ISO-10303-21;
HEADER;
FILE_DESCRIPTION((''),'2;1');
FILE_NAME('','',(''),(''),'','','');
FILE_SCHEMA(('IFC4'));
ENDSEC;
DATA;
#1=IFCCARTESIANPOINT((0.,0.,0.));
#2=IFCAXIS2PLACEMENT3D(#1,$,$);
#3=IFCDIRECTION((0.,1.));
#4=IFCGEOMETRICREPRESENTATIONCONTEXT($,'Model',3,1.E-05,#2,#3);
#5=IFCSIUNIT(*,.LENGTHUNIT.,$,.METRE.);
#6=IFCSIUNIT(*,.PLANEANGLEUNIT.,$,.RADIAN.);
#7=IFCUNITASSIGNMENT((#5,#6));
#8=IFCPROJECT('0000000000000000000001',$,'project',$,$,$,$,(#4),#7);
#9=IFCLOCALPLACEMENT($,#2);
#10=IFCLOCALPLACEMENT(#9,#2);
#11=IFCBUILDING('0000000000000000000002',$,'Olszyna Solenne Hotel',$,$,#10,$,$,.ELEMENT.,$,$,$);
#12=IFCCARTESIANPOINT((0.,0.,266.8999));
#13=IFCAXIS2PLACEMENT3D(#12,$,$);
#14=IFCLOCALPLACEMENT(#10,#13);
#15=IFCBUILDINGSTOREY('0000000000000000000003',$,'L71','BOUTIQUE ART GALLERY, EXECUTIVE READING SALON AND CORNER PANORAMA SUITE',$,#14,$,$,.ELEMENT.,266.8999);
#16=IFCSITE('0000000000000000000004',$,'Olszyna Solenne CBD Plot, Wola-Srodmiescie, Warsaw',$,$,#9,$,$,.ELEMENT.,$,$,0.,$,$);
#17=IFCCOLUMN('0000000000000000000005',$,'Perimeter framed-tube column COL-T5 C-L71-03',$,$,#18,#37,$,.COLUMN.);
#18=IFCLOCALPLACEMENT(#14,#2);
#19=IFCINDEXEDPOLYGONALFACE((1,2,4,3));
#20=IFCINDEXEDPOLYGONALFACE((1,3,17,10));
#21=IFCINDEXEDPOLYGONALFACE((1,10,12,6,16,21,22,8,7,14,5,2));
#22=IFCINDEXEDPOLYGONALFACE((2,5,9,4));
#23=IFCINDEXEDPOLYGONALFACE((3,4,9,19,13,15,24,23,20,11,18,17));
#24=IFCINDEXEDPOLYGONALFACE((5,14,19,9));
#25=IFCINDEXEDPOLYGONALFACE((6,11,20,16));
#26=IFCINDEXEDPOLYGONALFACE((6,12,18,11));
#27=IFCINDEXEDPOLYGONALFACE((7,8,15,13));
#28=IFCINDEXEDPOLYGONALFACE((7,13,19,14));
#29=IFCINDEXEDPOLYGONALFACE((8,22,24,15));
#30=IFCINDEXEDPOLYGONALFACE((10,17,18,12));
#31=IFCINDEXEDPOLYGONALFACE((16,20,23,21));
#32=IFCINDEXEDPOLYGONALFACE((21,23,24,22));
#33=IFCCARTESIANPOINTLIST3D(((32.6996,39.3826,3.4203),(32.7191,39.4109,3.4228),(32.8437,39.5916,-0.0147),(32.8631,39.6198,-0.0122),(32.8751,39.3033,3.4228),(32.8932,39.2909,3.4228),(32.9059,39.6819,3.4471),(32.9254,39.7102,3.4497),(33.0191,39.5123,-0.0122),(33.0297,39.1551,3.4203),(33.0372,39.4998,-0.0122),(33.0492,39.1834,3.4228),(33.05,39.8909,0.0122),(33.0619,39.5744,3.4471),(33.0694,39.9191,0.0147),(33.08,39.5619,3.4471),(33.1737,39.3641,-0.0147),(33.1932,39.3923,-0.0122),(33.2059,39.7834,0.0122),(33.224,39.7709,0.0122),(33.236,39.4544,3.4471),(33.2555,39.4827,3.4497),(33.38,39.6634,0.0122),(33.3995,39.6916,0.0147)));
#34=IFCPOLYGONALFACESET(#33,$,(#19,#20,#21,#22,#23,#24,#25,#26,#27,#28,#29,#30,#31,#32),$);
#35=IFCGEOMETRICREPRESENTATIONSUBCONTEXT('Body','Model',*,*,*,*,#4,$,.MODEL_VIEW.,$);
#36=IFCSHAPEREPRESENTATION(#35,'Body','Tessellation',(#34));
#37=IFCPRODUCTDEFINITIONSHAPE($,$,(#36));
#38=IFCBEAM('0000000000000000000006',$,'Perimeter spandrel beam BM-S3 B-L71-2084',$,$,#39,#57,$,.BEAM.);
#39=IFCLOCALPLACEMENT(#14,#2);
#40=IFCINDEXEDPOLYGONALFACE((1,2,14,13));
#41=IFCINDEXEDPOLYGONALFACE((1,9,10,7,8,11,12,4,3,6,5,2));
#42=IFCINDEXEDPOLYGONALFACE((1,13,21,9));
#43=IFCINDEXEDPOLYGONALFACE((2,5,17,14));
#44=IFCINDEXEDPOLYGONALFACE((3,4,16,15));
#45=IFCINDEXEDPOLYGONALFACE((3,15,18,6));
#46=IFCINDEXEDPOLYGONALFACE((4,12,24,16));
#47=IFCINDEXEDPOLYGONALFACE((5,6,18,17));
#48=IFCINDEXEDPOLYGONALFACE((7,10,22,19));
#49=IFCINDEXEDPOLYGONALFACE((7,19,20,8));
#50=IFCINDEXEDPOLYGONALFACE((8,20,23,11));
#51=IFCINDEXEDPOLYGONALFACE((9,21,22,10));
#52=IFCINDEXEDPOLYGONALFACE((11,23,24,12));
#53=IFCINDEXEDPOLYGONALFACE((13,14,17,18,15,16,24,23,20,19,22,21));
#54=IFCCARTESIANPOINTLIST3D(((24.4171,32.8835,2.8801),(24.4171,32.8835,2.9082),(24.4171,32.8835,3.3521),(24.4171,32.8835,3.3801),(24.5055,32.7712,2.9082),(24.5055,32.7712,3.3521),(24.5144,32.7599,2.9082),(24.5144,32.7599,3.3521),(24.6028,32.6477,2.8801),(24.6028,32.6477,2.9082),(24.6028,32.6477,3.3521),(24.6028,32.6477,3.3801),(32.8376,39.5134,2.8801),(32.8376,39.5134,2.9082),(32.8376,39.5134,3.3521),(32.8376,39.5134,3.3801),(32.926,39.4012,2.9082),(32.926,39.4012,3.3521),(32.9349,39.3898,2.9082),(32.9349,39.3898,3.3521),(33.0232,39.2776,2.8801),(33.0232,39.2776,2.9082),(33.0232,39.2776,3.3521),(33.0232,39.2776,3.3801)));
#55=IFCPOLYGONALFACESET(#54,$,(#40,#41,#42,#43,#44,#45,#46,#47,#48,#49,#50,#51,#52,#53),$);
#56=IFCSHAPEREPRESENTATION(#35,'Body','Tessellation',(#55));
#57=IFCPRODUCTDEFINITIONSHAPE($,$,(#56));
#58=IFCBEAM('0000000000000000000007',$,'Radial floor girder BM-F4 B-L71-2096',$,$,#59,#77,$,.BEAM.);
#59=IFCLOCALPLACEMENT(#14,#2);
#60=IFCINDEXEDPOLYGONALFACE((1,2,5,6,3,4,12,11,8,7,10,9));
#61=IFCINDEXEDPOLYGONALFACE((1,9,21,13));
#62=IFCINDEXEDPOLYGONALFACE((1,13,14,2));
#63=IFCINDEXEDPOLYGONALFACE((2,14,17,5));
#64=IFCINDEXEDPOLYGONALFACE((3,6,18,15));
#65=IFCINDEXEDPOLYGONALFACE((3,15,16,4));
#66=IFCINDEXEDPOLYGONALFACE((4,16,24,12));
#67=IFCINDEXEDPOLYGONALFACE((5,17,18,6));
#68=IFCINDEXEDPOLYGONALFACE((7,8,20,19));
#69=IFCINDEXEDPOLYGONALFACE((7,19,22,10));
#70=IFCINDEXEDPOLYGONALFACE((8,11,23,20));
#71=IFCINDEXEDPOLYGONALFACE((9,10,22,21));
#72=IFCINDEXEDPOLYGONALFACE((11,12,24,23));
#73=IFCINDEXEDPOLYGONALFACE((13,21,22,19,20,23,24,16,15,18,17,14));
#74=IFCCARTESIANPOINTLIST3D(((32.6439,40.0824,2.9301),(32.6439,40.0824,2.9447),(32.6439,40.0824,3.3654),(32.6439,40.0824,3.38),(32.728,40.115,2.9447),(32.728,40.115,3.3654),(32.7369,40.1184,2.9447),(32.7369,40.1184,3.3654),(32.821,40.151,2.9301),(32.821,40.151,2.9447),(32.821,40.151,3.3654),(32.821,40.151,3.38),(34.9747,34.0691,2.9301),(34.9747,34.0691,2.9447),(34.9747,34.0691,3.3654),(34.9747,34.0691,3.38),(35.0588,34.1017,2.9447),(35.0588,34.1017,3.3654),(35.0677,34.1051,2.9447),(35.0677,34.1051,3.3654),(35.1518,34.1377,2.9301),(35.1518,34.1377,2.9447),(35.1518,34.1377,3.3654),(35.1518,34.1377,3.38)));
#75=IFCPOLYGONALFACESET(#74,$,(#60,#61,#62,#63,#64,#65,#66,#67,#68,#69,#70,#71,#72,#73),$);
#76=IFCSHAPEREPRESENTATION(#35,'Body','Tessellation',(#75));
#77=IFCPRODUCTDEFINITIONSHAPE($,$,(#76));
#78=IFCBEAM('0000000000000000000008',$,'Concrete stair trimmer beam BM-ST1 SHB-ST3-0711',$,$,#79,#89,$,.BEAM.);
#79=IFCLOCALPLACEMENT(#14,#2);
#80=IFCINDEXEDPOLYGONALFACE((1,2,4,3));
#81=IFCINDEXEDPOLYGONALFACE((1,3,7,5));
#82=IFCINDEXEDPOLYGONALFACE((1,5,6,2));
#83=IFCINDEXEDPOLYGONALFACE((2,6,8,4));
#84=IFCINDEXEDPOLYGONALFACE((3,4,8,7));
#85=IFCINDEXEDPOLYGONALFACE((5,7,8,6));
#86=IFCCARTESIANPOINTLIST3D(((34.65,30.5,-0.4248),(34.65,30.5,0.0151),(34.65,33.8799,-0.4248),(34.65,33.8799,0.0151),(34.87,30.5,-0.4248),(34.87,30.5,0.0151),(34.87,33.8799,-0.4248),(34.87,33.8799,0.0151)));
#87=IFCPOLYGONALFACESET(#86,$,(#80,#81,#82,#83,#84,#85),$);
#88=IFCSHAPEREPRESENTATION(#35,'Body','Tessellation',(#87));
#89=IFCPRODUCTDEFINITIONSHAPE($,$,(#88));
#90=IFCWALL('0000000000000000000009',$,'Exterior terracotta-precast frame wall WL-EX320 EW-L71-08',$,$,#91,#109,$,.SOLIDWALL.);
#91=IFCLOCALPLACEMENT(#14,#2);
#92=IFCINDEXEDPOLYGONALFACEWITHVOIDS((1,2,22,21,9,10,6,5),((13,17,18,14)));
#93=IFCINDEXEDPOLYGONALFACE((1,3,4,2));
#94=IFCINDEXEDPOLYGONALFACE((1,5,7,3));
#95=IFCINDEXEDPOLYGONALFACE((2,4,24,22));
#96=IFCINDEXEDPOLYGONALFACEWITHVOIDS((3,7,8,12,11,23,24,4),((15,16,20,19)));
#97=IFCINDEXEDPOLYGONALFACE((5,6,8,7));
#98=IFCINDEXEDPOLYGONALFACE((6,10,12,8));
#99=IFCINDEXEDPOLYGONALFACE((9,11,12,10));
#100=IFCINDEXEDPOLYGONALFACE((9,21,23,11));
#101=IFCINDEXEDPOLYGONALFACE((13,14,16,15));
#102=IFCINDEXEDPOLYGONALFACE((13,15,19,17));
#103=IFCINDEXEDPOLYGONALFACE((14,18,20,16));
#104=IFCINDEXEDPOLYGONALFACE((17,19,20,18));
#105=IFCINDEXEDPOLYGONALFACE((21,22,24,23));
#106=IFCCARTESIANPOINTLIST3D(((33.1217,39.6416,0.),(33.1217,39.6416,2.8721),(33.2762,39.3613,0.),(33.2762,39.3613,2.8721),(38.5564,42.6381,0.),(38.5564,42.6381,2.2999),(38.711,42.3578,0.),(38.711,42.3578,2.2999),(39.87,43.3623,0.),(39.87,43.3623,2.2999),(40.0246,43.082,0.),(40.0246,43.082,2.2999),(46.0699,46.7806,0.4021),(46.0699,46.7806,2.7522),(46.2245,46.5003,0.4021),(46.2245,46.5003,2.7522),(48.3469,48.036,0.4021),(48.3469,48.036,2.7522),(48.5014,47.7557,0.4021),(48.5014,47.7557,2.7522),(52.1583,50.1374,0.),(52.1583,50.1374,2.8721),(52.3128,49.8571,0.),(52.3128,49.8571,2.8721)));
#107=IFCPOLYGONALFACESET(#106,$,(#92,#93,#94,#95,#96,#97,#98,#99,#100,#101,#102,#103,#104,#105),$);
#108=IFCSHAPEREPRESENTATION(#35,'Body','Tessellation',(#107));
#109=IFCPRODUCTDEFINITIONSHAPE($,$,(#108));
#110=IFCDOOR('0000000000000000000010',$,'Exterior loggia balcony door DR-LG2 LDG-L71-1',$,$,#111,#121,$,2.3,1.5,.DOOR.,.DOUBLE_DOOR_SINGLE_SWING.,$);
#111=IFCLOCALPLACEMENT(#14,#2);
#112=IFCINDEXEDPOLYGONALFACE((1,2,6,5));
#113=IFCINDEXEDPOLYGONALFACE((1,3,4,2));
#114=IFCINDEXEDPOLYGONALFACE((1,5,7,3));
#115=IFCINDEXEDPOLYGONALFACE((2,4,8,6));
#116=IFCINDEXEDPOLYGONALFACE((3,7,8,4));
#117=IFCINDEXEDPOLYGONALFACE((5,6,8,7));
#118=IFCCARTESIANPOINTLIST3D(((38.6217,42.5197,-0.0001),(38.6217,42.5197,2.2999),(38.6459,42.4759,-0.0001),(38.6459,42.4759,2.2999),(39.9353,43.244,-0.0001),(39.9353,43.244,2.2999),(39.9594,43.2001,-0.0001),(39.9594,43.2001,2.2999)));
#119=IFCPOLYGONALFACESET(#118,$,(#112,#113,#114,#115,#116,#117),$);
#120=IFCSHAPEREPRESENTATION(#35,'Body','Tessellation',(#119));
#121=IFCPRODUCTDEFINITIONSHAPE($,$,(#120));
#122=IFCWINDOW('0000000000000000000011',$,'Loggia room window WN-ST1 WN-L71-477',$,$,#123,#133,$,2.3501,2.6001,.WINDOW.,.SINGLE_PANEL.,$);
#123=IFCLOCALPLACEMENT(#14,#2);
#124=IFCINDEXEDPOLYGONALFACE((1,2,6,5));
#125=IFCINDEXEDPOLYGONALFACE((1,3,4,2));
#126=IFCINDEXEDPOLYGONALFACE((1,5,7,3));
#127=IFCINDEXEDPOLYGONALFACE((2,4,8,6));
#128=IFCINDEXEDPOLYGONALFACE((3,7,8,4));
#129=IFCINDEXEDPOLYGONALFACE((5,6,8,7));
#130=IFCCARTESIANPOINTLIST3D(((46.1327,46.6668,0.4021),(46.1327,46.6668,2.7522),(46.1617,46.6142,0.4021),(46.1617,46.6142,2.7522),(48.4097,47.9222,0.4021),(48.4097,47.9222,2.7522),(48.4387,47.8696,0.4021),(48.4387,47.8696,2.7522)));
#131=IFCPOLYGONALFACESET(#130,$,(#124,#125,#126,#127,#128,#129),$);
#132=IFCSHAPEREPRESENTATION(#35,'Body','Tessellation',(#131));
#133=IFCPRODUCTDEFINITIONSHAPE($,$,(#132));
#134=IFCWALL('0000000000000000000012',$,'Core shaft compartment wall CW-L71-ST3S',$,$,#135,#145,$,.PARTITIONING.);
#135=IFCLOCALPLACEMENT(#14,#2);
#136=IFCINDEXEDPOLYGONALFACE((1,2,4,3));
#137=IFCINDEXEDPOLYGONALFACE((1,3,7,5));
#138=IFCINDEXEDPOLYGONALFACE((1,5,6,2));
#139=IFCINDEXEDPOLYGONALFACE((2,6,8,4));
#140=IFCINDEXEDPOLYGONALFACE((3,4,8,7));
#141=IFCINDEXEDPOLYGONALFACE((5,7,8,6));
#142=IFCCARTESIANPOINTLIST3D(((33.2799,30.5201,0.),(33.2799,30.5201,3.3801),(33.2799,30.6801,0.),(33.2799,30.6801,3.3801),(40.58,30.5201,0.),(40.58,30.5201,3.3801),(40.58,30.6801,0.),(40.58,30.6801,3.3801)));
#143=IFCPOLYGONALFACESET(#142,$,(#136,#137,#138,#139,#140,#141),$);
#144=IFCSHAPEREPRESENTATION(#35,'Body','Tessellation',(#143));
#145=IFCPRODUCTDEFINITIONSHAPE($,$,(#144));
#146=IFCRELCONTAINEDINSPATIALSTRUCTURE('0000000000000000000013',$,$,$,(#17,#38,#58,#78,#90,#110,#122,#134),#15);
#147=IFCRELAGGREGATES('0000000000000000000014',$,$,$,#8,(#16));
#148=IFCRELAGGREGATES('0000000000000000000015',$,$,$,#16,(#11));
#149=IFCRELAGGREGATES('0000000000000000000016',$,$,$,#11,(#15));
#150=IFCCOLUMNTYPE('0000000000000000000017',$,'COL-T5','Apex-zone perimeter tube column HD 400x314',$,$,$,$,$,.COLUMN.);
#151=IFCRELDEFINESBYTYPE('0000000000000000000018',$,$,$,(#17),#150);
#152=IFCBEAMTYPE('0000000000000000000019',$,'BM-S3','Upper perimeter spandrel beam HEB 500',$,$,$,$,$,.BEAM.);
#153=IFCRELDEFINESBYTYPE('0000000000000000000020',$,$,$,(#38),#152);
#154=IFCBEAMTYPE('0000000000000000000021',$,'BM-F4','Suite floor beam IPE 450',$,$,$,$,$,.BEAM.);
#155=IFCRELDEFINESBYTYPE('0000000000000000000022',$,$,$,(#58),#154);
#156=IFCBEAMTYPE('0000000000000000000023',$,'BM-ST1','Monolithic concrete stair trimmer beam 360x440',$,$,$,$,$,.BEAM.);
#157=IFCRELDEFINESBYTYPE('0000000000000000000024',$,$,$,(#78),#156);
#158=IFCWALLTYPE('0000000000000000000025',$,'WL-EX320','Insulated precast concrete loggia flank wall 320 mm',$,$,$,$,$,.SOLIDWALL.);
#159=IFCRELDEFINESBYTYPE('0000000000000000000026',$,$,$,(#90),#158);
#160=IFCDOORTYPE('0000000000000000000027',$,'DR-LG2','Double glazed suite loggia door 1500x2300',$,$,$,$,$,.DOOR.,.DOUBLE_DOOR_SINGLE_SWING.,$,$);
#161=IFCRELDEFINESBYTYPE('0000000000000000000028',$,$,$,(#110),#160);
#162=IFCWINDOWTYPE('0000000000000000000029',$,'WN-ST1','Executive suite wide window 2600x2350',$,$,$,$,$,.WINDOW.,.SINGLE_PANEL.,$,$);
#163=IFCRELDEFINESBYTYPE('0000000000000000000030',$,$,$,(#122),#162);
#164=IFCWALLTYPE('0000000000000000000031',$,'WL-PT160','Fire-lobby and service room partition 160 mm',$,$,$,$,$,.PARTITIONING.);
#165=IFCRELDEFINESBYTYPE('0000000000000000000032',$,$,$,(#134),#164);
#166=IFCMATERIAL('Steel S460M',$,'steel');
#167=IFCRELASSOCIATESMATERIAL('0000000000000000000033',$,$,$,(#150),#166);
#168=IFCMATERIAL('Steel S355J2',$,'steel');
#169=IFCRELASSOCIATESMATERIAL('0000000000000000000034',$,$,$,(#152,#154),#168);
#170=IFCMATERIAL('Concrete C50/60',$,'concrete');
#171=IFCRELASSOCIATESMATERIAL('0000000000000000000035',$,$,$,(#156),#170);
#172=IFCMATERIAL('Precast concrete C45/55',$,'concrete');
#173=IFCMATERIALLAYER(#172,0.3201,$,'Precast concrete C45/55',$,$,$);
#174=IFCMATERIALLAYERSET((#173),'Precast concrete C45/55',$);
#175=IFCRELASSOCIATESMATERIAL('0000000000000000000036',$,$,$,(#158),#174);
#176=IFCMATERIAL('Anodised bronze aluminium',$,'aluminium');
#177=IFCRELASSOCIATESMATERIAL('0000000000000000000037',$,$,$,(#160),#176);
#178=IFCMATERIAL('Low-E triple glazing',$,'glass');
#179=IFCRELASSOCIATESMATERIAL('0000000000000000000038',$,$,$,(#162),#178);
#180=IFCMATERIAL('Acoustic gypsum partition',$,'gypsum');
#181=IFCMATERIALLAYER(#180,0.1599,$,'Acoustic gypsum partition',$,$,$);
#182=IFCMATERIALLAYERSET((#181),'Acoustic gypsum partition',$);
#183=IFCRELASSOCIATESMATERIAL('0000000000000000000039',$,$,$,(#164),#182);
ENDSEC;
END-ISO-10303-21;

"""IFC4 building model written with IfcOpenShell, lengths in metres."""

from ifc_helpers import new_model, si_unit, direction, frame, frame_2d, origin, origin_2d, place, context, subcontext, project, spatial, rectangle, i_section, extrude, source, transform, mapped, material, layer, layer_set, material_profile, profile_set, type_object, type_shapes, element, fill, save


model = new_model("IFC4")

# Units and contexts
model_context = context("Model", 3, precision=1e-05, world=origin(), true_north=direction((0.0, 1.0)))
body_context = subcontext(model_context, "Body", "Model", "MODEL_VIEW")
ifc_project = project(units=[si_unit("LENGTHUNIT", "METRE"), si_unit("PLANEANGLEUNIT", "RADIAN")], contexts=[model_context])

# Site, building, storey
site_placement = place(None, origin())
site = spatial("IfcSite", under=ifc_project, at=site_placement, Name="Olszyna Solenne CBD Plot, Wola-Srodmiescie, Warsaw", CompositionType="ELEMENT", RefElevation=0.0)
building_placement = place(site_placement, origin())
building = spatial("IfcBuilding", under=site, at=building_placement, Name="Olszyna Solenne Hotel", CompositionType="ELEMENT")
storey_placement = place(building_placement, frame((0.0, 0.0, 266.8999)))
storey = spatial("IfcBuildingStorey", under=building, at=storey_placement, Name="L71", Description="BOUTIQUE ART GALLERY, EXECUTIVE READING SALON AND CORNER PANORAMA SUITE", CompositionType="ELEMENT", Elevation=266.8999)

# Column
ifc_material_1 = material(Name="Steel S460M", Category="steel")
ifc_material_profile_1 = material_profile(ifc_material_1, i_section(OverallWidth=0.4009, OverallDepth=0.3989, WebThickness=0.022, FlangeThickness=0.0344, at=origin_2d()), Name="HD 400x314", Category="load-bearing")
ifc_profile_set_1 = profile_set([ifc_material_profile_1], Name="Steel S460M")
column_type = type_object("IfcColumnType", Name="COL-T5", Description="Apex-zone perimeter tube column HD 400x314", PredefinedType="COLUMN", material=ifc_profile_set_1)
shared_shape_1 = source(origin(), body_context, "Body", "SweptSolid", [
    extrude(i_section(OverallWidth=0.4009, OverallDepth=0.3989, WebThickness=0.022, FlangeThickness=0.0344, at=origin_2d()), origin(), (0.0, 0.0, 1.0), 3.4443),
])
column_placement = place(storey_placement, frame((33.1216, 39.6416, 0.0), z_axis=(-0.041819, -0.060673, 0.997281), x_axis=(0.823368, -0.567508, 0.0)))
element("IfcColumn", 1, at=column_placement, inside=storey, type_object=column_type, Name="Perimeter framed-tube column COL-T5 C-L71-03", PredefinedType="COLUMN", context=body_context, shape_type="MappedRepresentation", body=[
    mapped(shared_shape_1, transform((0.0, 0.0, 0.0), x_axis=(1.0, 0.0, 0.0), y_axis=(0.0, 1.0, 0.0), z_axis=(0.0, 0.0, 1.0), scale=1.0)),
])

# Beams
ifc_material_2 = material(Name="Steel S355J2", Category="steel")
ifc_material_profile_2 = material_profile(ifc_material_2, i_section(OverallWidth=0.3, OverallDepth=0.5, WebThickness=0.0144, FlangeThickness=0.0281, at=origin_2d()), Name="HEB 500", Category="load-bearing")
ifc_profile_set_2 = profile_set([ifc_material_profile_2], Name="Steel S355J2")
beam_type_1 = type_object("IfcBeamType", Name="BM-S3", Description="Upper perimeter spandrel beam HEB 500", PredefinedType="BEAM", material=ifc_profile_set_2)
shared_shape_2 = source(origin(), body_context, "Body", "SweptSolid", [
    extrude(i_section(OverallWidth=0.3, OverallDepth=0.5, WebThickness=0.0144, FlangeThickness=0.0281, at=origin_2d()), origin(), (0.0, 0.0, 1.0), 10.7173),
])
beam_1_placement = place(storey_placement, frame((32.9304, 39.3955, 3.1301), z_axis=(-0.78569, -0.61862, 0.0), x_axis=(0.61862, -0.78569, 0.0)))
element("IfcBeam", 2, at=beam_1_placement, inside=storey, type_object=beam_type_1, Name="Perimeter spandrel beam BM-S3 B-L71-2084", PredefinedType="BEAM", context=body_context, shape_type="MappedRepresentation", body=[
    mapped(shared_shape_2, transform((0.0, 0.0, 0.0), x_axis=(1.0, 0.0, 0.0), y_axis=(0.0, 1.0, 0.0), z_axis=(0.0, 0.0, 1.0), scale=1.0)),
])
ifc_material_profile_3 = material_profile(ifc_material_2, i_section(OverallWidth=0.1899, OverallDepth=0.45, WebThickness=0.0095, FlangeThickness=0.0146, at=origin_2d()), Name="IPE 450", Category="load-bearing")
ifc_profile_set_3 = profile_set([ifc_material_profile_3], Name="Steel S355J2")
beam_type_2 = type_object("IfcBeamType", Name="BM-F4", Description="Suite floor beam IPE 450", PredefinedType="BEAM", material=ifc_profile_set_3)
shared_shape_3 = source(origin(), body_context, "Body", "SweptSolid", [
    extrude(i_section(OverallWidth=0.1899, OverallDepth=0.45, WebThickness=0.0095, FlangeThickness=0.0146, at=origin_2d()), origin(), (0.0, 0.0, 1.0), 6.4492),
])
beam_2_placement = place(storey_placement, frame((32.7324, 40.1167, 3.155), z_axis=(0.361416, -0.932405, 0.0), x_axis=(0.932405, 0.361416, 0.0)))
element("IfcBeam", 3, at=beam_2_placement, inside=storey, type_object=beam_type_2, Name="Radial floor girder BM-F4 B-L71-2096", PredefinedType="BEAM", context=body_context, shape_type="MappedRepresentation", body=[
    mapped(shared_shape_3, transform((0.0, 0.0, 0.0), x_axis=(1.0, 0.0, 0.0), y_axis=(0.0, 1.0, 0.0), z_axis=(0.0, 0.0, 1.0), scale=1.0)),
])
ifc_material_3 = material(Name="Concrete C50/60", Category="concrete")
ifc_material_profile_4 = material_profile(ifc_material_3, rectangle(XDim=0.22, YDim=0.4399, at=origin_2d()), Name="RC 220x440", Category="load-bearing")
ifc_profile_set_4 = profile_set([ifc_material_profile_4], Name="Concrete C50/60")
beam_type_3 = type_object("IfcBeamType", Name="BM-ST1", Description="Monolithic concrete stair trimmer beam 360x440", PredefinedType="BEAM", material=ifc_profile_set_4)
shared_shape_4 = source(origin(), body_context, "Body", "SweptSolid", [
    extrude(rectangle(XDim=0.22, YDim=0.4399, at=origin_2d()), origin(), (0.0, 0.0, 1.0), 3.3799),
])
beam_3_placement = place(storey_placement, frame((34.76, 30.5, -0.2048), z_axis=(0.0, 1.0, 0.0), x_axis=(-1.0, 0.0, 0.0)))
element("IfcBeam", 4, at=beam_3_placement, inside=storey, type_object=beam_type_3, Name="Concrete stair trimmer beam BM-ST1 SHB-ST3-0711", PredefinedType="BEAM", context=body_context, shape_type="MappedRepresentation", body=[
    mapped(shared_shape_4, transform((0.0, 0.0, 0.0), x_axis=(1.0, 0.0, 0.0), y_axis=(0.0, 1.0, 0.0), z_axis=(0.0, 0.0, 1.0), scale=1.0)),
])

# Wall, openings, door, window
ifc_material_4 = material(Name="Precast concrete C45/55", Category="concrete")
ifc_layer_1 = layer(ifc_material_4, 0.3201, Name="Precast concrete C45/55")
ifc_layer_set_1 = layer_set([ifc_layer_1], Name="Precast concrete C45/55")
wall_type_1 = type_object("IfcWallType", Name="WL-EX320", Description="Insulated precast concrete loggia flank wall 320 mm", PredefinedType="SOLIDWALL", material=ifc_layer_set_1)
wall_1_placement = place(storey_placement, frame((33.199, 39.5015, 0.0), z_axis=(0.0, 0.0, 1.0), x_axis=(0.875716, 0.482826, 0.0)))
wall_1 = element("IfcWall", 5, at=wall_1_placement, inside=storey, type_object=wall_type_1, Name="Exterior terracotta-precast frame wall WL-EX320 EW-L71-08", PredefinedType="SOLIDWALL", context=body_context, shape_type="SweptSolid", body=[
    extrude(rectangle(XDim=21.7383, YDim=0.3201, at=frame_2d((10.8691, 0.0))), origin(), (0.0, 0.0, 1.0), 2.8721),
])
opening_1_placement = place(wall_1_placement, frame((6.2061, 0.0, 0.0)))
opening_1 = element("IfcOpeningElement", 6, at=opening_1_placement, cuts=wall_1, PredefinedType="OPENING", context=body_context, shape_type="SweptSolid", body=[
    extrude(rectangle(XDim=1.5, YDim=2.3, at=frame_2d((0.75, 1.1499))), frame((0.0, 0.1699, 0.0), z_axis=(0.0, -1.0, 0.0), x_axis=(1.0, 0.0, 0.0)), (0.0, 0.0, 1.0), 0.3401),
])
opening_2_placement = place(wall_1_placement, frame((14.7859, 0.0, 0.4021)))
opening_2 = element("IfcOpeningElement", 7, at=opening_2_placement, cuts=wall_1, PredefinedType="OPENING", context=body_context, shape_type="SweptSolid", body=[
    extrude(rectangle(XDim=2.6001, YDim=2.3501, at=frame_2d((1.3, 1.175))), frame((0.0, 0.1699, 0.0), z_axis=(0.0, -1.0, 0.0), x_axis=(1.0, 0.0, 0.0)), (0.0, 0.0, 1.0), 0.3401),
])
ifc_material_5 = material(Name="Anodised bronze aluminium", Category="aluminium")
door_type_1 = type_object("IfcDoorType", Name="DR-LG2", Description="Double glazed suite loggia door 1500x2300", OperationType="DOUBLE_DOOR_SINGLE_SWING", PredefinedType="DOOR", material=ifc_material_5)
shared_shape_5 = source(origin(), body_context, "Body", "SweptSolid", [
    extrude(rectangle(XDim=1.5, YDim=2.3, at=frame_2d((0.75, 1.1499))), frame((0.0, 0.0249, 0.0), z_axis=(0.0, -1.0, 0.0), x_axis=(1.0, 0.0, 0.0)), (0.0, 0.0, 1.0), 0.05),
])
type_shapes(door_type_1, [shared_shape_5])
door_1_placement = place(opening_1_placement, origin())
door_1 = element("IfcDoor", 8, at=door_1_placement, inside=storey, type_object=door_type_1, Name="Exterior loggia balcony door DR-LG2 LDG-L71-1", OperationType="DOUBLE_DOOR_SINGLE_SWING", OverallHeight=2.3, OverallWidth=1.5, PredefinedType="DOOR", context=body_context, shape_type="MappedRepresentation", body=[
    mapped(shared_shape_5, transform((0.0, 0.0, 0.0), x_axis=(1.0, 0.0, 0.0), y_axis=(0.0, 1.0, 0.0), z_axis=(0.0, 0.0, 1.0), scale=1.0)),
])
fill(opening_1, door_1)
ifc_material_6 = material(Name="Low-E triple glazing", Category="glass")
window_type = type_object("IfcWindowType", Name="WN-ST1", Description="Executive suite wide window 2600x2350", PartitioningType="SINGLE_PANEL", PredefinedType="WINDOW", material=ifc_material_6)
shared_shape_6 = source(origin(), body_context, "Body", "SweptSolid", [
    extrude(rectangle(XDim=2.6001, YDim=2.3501, at=frame_2d((1.3, 1.175))), frame((0.0, 0.03, 0.0), z_axis=(0.0, -1.0, 0.0), x_axis=(1.0, 0.0, 0.0)), (0.0, 0.0, 1.0), 0.0601),
])
type_shapes(window_type, [shared_shape_6])
window_placement = place(opening_2_placement, origin())
window = element("IfcWindow", 9, at=window_placement, inside=storey, type_object=window_type, Name="Loggia room window WN-ST1 WN-L71-477", OverallHeight=2.3501, OverallWidth=2.6001, PartitioningType="SINGLE_PANEL", PredefinedType="WINDOW", context=body_context, shape_type="MappedRepresentation", body=[
    mapped(shared_shape_6, transform((0.0, 0.0, 0.0), x_axis=(1.0, 0.0, 0.0), y_axis=(0.0, 1.0, 0.0), z_axis=(0.0, 0.0, 1.0), scale=1.0)),
])
fill(opening_2, window)

# Wall
ifc_material_7 = material(Name="Acoustic gypsum partition", Category="gypsum")
ifc_layer_2 = layer(ifc_material_7, 0.1599, Name="Acoustic gypsum partition")
ifc_layer_set_2 = layer_set([ifc_layer_2], Name="Acoustic gypsum partition")
wall_type_2 = type_object("IfcWallType", Name="WL-PT160", Description="Fire-lobby and service room partition 160 mm", PredefinedType="PARTITIONING", material=ifc_layer_set_2)
wall_2_placement = place(storey_placement, frame((33.28, 30.6001, 0.0), z_axis=(0.0, 0.0, 1.0), x_axis=(1.0, 0.0, 0.0)))
element("IfcWall", 10, at=wall_2_placement, inside=storey, type_object=wall_type_2, Name="Core shaft compartment wall CW-L71-ST3S", PredefinedType="PARTITIONING", context=body_context, shape_type="SweptSolid", body=[
    extrude(rectangle(XDim=7.3, YDim=0.1599, at=frame_2d((3.6499, 0.0))), origin(), (0.0, 0.0, 1.0), 3.3801),
])

save(model, "model.ifc")
